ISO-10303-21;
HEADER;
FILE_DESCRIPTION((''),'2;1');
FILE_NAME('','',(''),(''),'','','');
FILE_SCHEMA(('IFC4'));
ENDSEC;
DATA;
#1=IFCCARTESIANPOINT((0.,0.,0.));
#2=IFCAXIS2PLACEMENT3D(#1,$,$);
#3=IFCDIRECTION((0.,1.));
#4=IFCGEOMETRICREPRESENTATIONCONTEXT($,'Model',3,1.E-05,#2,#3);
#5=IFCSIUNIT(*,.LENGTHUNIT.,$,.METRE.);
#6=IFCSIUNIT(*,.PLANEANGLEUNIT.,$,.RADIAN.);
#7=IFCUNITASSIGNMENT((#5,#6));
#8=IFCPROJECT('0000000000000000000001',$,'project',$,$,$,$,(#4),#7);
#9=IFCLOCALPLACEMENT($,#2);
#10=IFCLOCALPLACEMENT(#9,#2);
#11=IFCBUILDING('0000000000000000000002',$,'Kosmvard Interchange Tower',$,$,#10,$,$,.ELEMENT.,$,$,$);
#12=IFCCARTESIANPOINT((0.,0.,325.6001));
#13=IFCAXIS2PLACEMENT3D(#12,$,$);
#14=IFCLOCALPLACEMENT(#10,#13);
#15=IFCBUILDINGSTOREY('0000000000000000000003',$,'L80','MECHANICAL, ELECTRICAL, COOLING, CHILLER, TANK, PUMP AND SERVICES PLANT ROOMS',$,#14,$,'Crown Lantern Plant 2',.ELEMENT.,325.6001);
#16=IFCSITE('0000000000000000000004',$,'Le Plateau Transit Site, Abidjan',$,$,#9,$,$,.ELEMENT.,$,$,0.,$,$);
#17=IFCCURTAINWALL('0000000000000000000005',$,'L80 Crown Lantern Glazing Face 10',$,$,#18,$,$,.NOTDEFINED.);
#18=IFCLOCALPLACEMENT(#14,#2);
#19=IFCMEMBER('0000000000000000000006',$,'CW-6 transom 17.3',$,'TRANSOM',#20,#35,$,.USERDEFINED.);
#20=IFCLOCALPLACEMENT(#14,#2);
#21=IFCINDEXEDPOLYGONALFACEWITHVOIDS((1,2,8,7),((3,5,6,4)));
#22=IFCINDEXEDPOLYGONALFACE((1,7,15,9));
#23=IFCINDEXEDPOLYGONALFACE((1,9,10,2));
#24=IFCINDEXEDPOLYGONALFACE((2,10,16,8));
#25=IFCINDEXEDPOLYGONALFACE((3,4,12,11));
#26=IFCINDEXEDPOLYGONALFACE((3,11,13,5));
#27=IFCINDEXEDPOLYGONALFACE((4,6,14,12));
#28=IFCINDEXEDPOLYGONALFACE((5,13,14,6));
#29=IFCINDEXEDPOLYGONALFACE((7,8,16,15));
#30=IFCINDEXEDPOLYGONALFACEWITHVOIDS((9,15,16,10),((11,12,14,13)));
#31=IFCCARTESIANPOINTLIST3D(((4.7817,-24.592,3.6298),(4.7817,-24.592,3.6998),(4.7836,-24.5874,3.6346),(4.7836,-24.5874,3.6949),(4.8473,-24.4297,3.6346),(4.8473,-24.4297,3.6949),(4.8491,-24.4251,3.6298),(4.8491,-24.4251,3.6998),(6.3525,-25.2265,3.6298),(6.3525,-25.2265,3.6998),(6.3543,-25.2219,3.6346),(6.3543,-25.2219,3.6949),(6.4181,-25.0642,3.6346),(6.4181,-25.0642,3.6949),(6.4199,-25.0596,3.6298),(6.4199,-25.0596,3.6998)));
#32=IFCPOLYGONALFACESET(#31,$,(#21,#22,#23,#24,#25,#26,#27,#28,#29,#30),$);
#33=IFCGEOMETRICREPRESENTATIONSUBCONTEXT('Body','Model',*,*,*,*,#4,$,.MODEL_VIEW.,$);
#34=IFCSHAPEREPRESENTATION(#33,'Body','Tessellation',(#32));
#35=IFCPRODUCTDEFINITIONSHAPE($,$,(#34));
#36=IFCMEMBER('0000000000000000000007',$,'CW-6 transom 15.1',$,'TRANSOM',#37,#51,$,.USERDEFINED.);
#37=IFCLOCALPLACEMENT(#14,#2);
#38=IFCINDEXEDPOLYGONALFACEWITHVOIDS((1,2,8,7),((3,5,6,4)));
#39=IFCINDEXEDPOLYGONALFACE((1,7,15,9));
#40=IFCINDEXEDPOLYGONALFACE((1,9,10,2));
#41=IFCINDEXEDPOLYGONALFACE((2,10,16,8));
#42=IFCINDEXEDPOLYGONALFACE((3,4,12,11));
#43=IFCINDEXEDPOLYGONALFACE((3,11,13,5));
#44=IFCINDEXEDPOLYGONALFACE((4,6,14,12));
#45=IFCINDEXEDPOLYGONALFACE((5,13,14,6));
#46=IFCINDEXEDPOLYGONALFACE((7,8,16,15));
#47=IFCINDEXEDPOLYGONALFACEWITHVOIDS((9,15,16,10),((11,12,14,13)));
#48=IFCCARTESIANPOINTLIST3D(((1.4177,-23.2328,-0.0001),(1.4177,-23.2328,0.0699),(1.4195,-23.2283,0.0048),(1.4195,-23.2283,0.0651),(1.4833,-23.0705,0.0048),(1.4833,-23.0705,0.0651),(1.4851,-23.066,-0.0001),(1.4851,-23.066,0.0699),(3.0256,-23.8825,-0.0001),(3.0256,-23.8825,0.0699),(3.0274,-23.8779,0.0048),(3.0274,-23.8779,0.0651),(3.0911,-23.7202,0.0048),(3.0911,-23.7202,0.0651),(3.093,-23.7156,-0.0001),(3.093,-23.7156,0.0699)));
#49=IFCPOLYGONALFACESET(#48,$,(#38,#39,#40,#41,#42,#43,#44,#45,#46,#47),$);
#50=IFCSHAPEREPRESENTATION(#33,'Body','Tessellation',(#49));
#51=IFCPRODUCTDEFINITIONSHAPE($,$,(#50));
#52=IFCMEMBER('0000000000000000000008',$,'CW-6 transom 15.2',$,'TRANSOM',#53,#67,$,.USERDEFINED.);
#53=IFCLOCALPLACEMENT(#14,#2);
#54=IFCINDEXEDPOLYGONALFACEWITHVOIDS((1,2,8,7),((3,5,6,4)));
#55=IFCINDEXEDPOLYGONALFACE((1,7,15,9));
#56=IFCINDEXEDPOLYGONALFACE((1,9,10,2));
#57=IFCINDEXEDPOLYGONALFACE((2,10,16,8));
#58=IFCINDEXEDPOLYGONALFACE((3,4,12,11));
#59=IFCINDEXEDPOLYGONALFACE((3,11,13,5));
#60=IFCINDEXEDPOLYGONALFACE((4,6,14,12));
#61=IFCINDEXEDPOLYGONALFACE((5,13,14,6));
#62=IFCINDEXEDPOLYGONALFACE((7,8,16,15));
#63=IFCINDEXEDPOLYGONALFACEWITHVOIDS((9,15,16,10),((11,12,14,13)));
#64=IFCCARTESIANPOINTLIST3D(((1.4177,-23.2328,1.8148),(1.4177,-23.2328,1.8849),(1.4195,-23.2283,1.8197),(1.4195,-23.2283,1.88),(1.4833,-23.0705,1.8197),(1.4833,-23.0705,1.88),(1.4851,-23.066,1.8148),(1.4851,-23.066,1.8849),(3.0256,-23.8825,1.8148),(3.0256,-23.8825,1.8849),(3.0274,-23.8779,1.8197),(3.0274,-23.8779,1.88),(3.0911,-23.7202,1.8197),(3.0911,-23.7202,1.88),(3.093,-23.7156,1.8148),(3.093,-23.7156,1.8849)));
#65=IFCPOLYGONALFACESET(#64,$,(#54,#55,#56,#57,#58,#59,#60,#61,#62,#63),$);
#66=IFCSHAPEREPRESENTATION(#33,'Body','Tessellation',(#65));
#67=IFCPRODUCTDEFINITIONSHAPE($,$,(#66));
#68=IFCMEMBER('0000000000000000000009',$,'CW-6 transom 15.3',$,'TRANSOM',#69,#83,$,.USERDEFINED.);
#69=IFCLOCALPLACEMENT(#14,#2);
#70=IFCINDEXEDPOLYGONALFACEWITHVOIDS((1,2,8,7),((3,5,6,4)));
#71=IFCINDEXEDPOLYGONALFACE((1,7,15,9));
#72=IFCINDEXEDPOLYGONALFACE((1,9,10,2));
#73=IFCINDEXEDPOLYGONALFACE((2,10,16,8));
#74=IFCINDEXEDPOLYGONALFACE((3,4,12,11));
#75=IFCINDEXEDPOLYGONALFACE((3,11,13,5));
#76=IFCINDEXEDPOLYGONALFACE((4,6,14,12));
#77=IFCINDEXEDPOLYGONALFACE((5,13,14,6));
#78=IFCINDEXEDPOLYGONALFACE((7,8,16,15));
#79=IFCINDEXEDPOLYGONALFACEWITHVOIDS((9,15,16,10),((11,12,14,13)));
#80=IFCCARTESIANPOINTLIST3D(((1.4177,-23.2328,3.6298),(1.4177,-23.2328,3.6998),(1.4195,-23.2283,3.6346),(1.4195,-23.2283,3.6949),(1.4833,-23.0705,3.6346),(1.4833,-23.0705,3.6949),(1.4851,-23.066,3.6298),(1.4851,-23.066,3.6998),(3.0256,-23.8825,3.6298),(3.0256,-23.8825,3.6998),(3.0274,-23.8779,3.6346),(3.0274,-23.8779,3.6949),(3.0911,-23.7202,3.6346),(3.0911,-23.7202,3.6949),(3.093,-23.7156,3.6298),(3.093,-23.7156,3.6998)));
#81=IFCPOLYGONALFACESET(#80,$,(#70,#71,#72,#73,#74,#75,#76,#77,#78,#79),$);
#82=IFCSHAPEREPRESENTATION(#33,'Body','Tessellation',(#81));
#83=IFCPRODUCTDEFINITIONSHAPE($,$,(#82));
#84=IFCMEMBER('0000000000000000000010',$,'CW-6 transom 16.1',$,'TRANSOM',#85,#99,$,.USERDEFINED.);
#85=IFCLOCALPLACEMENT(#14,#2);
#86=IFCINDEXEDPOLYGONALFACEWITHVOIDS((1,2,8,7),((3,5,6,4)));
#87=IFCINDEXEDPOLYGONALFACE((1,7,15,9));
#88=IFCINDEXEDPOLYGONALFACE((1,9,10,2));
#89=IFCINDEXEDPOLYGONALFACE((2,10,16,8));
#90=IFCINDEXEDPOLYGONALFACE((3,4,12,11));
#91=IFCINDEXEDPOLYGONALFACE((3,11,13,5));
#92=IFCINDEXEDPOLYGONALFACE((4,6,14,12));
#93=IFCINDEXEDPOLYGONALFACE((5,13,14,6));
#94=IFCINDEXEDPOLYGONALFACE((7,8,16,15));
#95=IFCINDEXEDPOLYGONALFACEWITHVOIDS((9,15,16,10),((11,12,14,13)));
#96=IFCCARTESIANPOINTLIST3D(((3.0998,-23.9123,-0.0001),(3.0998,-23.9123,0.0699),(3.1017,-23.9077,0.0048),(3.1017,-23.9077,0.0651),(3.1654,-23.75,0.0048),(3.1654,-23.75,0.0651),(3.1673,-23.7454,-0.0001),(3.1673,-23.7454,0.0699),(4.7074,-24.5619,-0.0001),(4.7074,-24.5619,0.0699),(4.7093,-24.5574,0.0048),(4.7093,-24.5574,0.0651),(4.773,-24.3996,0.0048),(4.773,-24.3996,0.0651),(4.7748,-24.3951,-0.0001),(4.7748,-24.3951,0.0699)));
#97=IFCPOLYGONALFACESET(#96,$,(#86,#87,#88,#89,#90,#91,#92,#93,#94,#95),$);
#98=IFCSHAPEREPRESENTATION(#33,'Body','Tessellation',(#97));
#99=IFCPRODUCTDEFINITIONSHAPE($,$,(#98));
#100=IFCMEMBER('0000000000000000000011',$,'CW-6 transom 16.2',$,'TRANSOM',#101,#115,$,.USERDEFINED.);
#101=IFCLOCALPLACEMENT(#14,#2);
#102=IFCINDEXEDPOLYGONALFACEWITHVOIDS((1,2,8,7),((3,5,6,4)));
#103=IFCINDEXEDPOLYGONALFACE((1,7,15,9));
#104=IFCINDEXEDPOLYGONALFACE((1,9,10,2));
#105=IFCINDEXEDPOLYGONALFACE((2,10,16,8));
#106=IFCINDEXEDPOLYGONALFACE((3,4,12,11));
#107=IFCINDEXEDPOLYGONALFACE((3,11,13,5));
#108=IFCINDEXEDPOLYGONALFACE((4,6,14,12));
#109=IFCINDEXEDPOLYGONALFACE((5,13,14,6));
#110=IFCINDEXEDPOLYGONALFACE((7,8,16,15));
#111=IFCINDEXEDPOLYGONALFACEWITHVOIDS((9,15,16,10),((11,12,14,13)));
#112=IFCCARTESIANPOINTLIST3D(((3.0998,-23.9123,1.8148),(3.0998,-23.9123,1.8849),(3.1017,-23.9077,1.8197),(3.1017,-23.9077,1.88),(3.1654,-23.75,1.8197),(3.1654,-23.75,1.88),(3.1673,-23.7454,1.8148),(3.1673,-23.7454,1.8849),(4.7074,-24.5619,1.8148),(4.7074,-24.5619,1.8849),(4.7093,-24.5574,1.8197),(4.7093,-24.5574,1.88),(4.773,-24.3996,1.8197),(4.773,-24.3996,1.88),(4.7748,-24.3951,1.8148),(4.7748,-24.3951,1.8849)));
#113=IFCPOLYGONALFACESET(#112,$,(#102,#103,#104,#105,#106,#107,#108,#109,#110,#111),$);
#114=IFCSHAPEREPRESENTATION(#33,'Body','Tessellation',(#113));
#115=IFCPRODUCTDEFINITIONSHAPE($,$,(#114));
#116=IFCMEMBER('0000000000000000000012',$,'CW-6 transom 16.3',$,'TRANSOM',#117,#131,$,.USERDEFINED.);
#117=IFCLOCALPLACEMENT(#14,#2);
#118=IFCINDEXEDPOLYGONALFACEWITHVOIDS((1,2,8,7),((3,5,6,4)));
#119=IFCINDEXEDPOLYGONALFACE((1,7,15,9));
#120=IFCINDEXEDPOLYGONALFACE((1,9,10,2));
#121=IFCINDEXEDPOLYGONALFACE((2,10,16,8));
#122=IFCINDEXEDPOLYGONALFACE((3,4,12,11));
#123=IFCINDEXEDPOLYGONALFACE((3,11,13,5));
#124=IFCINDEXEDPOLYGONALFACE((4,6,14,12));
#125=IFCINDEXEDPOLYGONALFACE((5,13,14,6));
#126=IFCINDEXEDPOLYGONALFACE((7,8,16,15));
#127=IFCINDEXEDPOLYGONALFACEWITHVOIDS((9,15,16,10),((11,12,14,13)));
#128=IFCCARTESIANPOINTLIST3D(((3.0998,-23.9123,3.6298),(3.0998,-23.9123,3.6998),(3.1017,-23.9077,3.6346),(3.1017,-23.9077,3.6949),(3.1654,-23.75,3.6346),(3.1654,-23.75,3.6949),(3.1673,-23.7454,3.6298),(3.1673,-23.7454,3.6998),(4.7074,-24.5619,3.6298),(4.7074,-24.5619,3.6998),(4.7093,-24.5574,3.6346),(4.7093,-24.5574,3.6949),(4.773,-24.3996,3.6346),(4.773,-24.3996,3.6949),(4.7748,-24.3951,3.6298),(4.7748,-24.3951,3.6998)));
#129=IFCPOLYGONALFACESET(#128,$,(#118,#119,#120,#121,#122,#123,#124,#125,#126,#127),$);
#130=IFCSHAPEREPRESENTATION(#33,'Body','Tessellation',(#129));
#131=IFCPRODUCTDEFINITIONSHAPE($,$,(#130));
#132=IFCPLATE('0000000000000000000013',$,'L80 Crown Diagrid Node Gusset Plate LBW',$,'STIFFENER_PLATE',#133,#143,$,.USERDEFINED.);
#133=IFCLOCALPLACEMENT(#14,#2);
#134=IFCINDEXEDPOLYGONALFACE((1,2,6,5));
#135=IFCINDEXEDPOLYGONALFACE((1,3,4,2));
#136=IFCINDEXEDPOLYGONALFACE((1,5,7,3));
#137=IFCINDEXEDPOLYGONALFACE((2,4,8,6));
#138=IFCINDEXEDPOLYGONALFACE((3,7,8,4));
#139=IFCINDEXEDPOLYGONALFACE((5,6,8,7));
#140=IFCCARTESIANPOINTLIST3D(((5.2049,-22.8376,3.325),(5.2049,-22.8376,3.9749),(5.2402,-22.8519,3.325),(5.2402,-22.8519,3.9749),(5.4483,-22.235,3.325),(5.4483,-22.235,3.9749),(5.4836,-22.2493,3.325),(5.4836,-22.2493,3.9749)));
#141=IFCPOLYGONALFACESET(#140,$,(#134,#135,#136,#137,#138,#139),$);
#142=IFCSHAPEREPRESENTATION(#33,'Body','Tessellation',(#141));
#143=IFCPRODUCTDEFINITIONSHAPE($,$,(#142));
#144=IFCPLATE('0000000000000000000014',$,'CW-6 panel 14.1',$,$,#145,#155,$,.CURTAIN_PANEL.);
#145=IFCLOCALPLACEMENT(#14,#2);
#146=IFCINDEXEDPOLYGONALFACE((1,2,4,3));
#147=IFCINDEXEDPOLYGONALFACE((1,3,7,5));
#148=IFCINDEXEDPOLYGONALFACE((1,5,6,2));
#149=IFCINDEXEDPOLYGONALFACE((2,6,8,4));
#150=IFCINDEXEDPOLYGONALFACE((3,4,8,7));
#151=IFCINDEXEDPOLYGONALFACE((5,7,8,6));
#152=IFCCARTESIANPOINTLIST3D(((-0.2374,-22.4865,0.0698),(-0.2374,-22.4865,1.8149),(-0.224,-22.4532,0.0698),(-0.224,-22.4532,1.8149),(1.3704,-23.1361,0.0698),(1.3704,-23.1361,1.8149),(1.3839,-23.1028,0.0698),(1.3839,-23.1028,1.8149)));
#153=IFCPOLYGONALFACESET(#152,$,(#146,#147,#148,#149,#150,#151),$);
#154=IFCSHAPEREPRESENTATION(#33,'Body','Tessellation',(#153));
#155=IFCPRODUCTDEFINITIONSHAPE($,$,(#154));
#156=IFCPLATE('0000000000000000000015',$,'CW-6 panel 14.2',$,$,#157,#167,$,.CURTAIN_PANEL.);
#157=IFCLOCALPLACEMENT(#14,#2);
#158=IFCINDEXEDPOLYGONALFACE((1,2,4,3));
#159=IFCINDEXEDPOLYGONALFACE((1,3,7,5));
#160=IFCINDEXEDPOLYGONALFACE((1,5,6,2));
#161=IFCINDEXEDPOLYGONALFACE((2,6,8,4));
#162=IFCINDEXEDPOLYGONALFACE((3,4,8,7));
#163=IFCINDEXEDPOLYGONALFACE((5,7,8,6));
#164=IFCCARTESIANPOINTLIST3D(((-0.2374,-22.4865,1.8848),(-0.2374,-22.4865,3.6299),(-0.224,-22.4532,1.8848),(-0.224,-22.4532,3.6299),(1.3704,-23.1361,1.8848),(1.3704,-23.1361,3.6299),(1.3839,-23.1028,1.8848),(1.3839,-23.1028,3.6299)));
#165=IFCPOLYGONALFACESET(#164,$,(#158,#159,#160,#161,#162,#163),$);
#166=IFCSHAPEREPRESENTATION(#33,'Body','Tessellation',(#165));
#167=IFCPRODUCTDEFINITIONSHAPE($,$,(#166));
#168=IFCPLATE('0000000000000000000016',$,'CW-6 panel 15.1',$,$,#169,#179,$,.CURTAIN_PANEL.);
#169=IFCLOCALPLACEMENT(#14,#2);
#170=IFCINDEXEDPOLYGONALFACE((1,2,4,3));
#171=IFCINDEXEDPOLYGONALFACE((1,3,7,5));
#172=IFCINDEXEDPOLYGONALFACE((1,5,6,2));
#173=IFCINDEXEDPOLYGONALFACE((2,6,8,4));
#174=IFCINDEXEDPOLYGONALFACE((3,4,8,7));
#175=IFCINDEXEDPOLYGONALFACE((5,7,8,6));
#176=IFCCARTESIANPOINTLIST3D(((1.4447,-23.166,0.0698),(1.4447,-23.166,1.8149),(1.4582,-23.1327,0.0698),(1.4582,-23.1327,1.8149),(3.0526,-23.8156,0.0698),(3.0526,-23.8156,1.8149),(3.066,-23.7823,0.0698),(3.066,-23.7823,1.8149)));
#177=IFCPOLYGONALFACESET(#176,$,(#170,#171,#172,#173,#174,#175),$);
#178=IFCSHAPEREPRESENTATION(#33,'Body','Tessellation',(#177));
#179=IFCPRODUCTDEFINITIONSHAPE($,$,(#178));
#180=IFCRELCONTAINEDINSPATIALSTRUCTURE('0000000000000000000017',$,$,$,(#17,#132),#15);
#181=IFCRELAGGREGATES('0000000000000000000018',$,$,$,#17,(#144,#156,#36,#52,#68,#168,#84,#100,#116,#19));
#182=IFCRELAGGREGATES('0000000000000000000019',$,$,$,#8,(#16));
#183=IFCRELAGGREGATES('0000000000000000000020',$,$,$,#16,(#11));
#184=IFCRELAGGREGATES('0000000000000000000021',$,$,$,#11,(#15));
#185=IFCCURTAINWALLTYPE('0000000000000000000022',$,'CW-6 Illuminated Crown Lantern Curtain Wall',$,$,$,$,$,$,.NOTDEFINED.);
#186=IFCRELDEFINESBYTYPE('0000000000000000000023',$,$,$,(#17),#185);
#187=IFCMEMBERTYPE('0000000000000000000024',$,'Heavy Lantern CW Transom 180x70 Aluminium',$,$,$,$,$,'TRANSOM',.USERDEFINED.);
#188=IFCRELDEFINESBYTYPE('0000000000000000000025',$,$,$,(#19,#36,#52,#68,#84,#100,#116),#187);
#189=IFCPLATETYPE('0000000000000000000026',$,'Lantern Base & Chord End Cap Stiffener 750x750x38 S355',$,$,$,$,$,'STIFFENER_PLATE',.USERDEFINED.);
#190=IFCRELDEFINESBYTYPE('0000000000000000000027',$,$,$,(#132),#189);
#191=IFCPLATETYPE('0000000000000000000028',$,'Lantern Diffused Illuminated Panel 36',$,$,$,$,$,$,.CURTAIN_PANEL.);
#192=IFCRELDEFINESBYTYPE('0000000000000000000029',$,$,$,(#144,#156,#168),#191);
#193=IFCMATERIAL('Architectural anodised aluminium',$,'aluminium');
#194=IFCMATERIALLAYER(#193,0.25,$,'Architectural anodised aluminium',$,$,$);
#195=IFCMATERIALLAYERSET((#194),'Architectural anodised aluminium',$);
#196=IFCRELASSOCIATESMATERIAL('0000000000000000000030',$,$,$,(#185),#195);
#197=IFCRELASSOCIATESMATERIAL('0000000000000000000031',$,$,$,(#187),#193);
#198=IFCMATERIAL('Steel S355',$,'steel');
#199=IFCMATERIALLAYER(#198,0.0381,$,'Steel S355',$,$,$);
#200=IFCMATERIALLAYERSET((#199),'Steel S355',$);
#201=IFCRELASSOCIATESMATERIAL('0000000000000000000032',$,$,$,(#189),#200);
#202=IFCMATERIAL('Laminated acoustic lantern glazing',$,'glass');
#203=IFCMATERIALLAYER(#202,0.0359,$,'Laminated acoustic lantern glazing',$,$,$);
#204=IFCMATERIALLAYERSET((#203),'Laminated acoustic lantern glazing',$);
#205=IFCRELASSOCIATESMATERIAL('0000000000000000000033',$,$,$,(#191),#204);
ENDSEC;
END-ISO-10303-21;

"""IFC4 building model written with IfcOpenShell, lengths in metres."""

from ifc_helpers import new_model, si_unit, direction, frame, origin, origin_2d, place, context, subcontext, project, spatial, rectangle, hollow_rectangle, extrude, source, transform, mapped, material, layer, layer_set, material_profile, profile_set, type_object, element, aggregate, save


model = new_model("IFC4")

# Units and contexts
model_context = context("Model", 3, precision=1e-05, world=origin(), true_north=direction((0.0, 1.0)))
body_context = subcontext(model_context, "Body", "Model", "MODEL_VIEW")
ifc_project = project(units=[si_unit("LENGTHUNIT", "METRE"), si_unit("PLANEANGLEUNIT", "RADIAN")], contexts=[model_context])

# Site, building, storey
site_placement = place(None, origin())
site = spatial("IfcSite", under=ifc_project, at=site_placement, Name="Le Plateau Transit Site, Abidjan", CompositionType="ELEMENT", RefElevation=0.0)
building_placement = place(site_placement, origin())
building = spatial("IfcBuilding", under=site, at=building_placement, Name="Kosmvard Interchange Tower", CompositionType="ELEMENT")
storey_placement = place(building_placement, frame((0.0, 0.0, 325.6001)))
storey = spatial("IfcBuildingStorey", under=building, at=storey_placement, Name="L80", Description="MECHANICAL, ELECTRICAL, COOLING, CHILLER, TANK, PUMP AND SERVICES PLANT ROOMS", LongName="Crown Lantern Plant 2", CompositionType="ELEMENT", Elevation=325.6001)

# Shared definitions
ifc_material_1 = material(Name="Steel S355", Category="steel")

# Curtain wall, members
ifc_material_2 = material(Name="Architectural anodised aluminium", Category="aluminium")
ifc_layer_1 = layer(ifc_material_2, 0.25, Name="Architectural anodised aluminium")
ifc_layer_set_1 = layer_set([ifc_layer_1], Name="Architectural anodised aluminium")
curtain_wall_type = type_object("IfcCurtainWallType", Name="CW-6 Illuminated Crown Lantern Curtain Wall", PredefinedType="NOTDEFINED", material=ifc_layer_set_1)
curtain_wall_placement = place(storey_placement, origin())
curtain_wall = element("IfcCurtainWall", 1, at=curtain_wall_placement, inside=storey, type_object=curtain_wall_type, Name="L80 Crown Lantern Glazing Face 10", PredefinedType="NOTDEFINED")
ifc_material_profile_1 = material_profile(ifc_material_2, hollow_rectangle(XDim=0.1799, YDim=0.0701, WallThickness=0.0049, at=origin_2d()), Name="CWT 180x70x5")
ifc_profile_set_1 = profile_set([ifc_material_profile_1], Name="Architectural anodised aluminium")
member_type_1 = type_object("IfcMemberType", Name="Heavy Lantern CW Transom 180x70 Aluminium", ElementType="TRANSOM", PredefinedType="USERDEFINED", material=ifc_profile_set_1)
shared_shape_1 = source(origin(), body_context, "Body", "SweptSolid", [
    extrude(hollow_rectangle(XDim=0.1799, YDim=0.0701, WallThickness=0.0049, at=origin_2d()), origin(), (0.0, 0.0, 1.0), 1.6941),
])
member_1_placement = place(storey_placement, frame((4.8154, -24.5085, 3.6648), z_axis=(0.927209, -0.374544, 0.0), x_axis=(0.374544, 0.927209, 0.0)))
member_1 = element("IfcMember", 2, at=member_1_placement, type_object=member_type_1, Name="CW-6 transom 17.3", ObjectType="TRANSOM", PredefinedType="USERDEFINED", context=body_context, shape_type="MappedRepresentation", body=[
    mapped(shared_shape_1, transform((0.0, 0.0, 0.0), scale=1.0)),
])
shared_shape_2 = source(origin(), body_context, "Body", "SweptSolid", [
    extrude(hollow_rectangle(XDim=0.1799, YDim=0.0701, WallThickness=0.0049, at=origin_2d()), origin(), (0.0, 0.0, 1.0), 1.7341),
])
member_2_placement = place(storey_placement, frame((1.4514, -23.1494, 0.0349), z_axis=(0.92718, -0.374617, 0.0), x_axis=(0.374617, 0.92718, 0.0)))
member_2 = element("IfcMember", 3, at=member_2_placement, type_object=member_type_1, Name="CW-6 transom 15.1", ObjectType="TRANSOM", PredefinedType="USERDEFINED", context=body_context, shape_type="MappedRepresentation", body=[
    mapped(shared_shape_2, transform((0.0, 0.0, 0.0), scale=1.0)),
])
member_3_placement = place(storey_placement, frame((1.4514, -23.1494, 1.8499), z_axis=(0.92718, -0.374617, 0.0), x_axis=(0.374617, 0.92718, 0.0)))
member_3 = element("IfcMember", 4, at=member_3_placement, type_object=member_type_1, Name="CW-6 transom 15.2", ObjectType="TRANSOM", PredefinedType="USERDEFINED", context=body_context, shape_type="MappedRepresentation", body=[
    mapped(shared_shape_2, transform((0.0, 0.0, 0.0), scale=1.0)),
])
member_4_placement = place(storey_placement, frame((1.4514, -23.1494, 3.6648), z_axis=(0.92718, -0.374617, 0.0), x_axis=(0.374617, 0.92718, 0.0)))
member_4 = element("IfcMember", 5, at=member_4_placement, type_object=member_type_1, Name="CW-6 transom 15.3", ObjectType="TRANSOM", PredefinedType="USERDEFINED", context=body_context, shape_type="MappedRepresentation", body=[
    mapped(shared_shape_2, transform((0.0, 0.0, 0.0), scale=1.0)),
])
shared_shape_3 = source(origin(), body_context, "Body", "SweptSolid", [
    extrude(hollow_rectangle(XDim=0.1799, YDim=0.0701, WallThickness=0.0049, at=origin_2d()), origin(), (0.0, 0.0, 1.0), 1.7339),
])
member_5_placement = place(storey_placement, frame((3.1335, -23.8289, 0.0349), z_axis=(0.92716, -0.374666, 0.0), x_axis=(0.374666, 0.92716, 0.0)))
member_5 = element("IfcMember", 6, at=member_5_placement, type_object=member_type_1, Name="CW-6 transom 16.1", ObjectType="TRANSOM", PredefinedType="USERDEFINED", context=body_context, shape_type="MappedRepresentation", body=[
    mapped(shared_shape_3, transform((0.0, 0.0, 0.0), scale=1.0)),
])
member_6_placement = place(storey_placement, frame((3.1335, -23.8289, 1.8499), z_axis=(0.92716, -0.374666, 0.0), x_axis=(0.374666, 0.92716, 0.0)))
member_6 = element("IfcMember", 7, at=member_6_placement, type_object=member_type_1, Name="CW-6 transom 16.2", ObjectType="TRANSOM", PredefinedType="USERDEFINED", context=body_context, shape_type="MappedRepresentation", body=[
    mapped(shared_shape_3, transform((0.0, 0.0, 0.0), scale=1.0)),
])
member_7_placement = place(storey_placement, frame((3.1335, -23.8289, 3.6648), z_axis=(0.92716, -0.374666, 0.0), x_axis=(0.374666, 0.92716, 0.0)))
member_7 = element("IfcMember", 8, at=member_7_placement, type_object=member_type_1, Name="CW-6 transom 16.3", ObjectType="TRANSOM", PredefinedType="USERDEFINED", context=body_context, shape_type="MappedRepresentation", body=[
    mapped(shared_shape_3, transform((0.0, 0.0, 0.0), scale=1.0)),
])

# Plates
ifc_layer_2 = layer(ifc_material_1, 0.0381, Name="Steel S355")
ifc_layer_set_2 = layer_set([ifc_layer_2], Name="Steel S355")
plate_type_1 = type_object("IfcPlateType", Name="Lantern Base & Chord End Cap Stiffener 750x750x38 S355", ElementType="STIFFENER_PLATE", PredefinedType="USERDEFINED", material=ifc_layer_set_2)
shared_shape_4 = source(origin(), body_context, "Body", "SweptSolid", [
    extrude(rectangle(XDim=0.6499, YDim=0.0381, at=origin_2d()), origin(), (0.0, 0.0, 1.0), 0.6499),
])
plate_1_placement = place(storey_placement, frame((5.3442, -22.5435, 3.325), z_axis=(0.0, 0.0, 1.0), x_axis=(0.374607, 0.927184, 0.0)))
element("IfcPlate", 9, at=plate_1_placement, inside=storey, type_object=plate_type_1, Name="L80 Crown Diagrid Node Gusset Plate LBW", ObjectType="STIFFENER_PLATE", PredefinedType="USERDEFINED", context=body_context, shape_type="MappedRepresentation", body=[
    mapped(shared_shape_4, transform((0.0, 0.0, 0.0), scale=1.0)),
])
ifc_material_3 = material(Name="Laminated acoustic lantern glazing", Category="glass")
ifc_layer_3 = layer(ifc_material_3, 0.0359, Name="Laminated acoustic lantern glazing")
ifc_layer_set_3 = layer_set([ifc_layer_3], Name="Laminated acoustic lantern glazing")
plate_type_2 = type_object("IfcPlateType", Name="Lantern Diffused Illuminated Panel 36", PredefinedType="CURTAIN_PANEL", material=ifc_layer_set_3)
shared_shape_5 = source(origin(), body_context, "Body", "SweptSolid", [
    extrude(rectangle(XDim=1.7341, YDim=0.0359, at=origin_2d()), origin(), (0.0, 0.0, 1.0), 1.7451),
])
plate_2_placement = place(storey_placement, frame((0.5732, -22.7947, 0.0698), z_axis=(0.0, 0.0, 1.0), x_axis=(0.927184, -0.374607, 0.0)))
plate_2 = element("IfcPlate", 10, at=plate_2_placement, type_object=plate_type_2, Name="CW-6 panel 14.1", PredefinedType="CURTAIN_PANEL", context=body_context, shape_type="MappedRepresentation", body=[
    mapped(shared_shape_5, transform((0.0, 0.0, 0.0), scale=1.0)),
])
plate_3_placement = place(storey_placement, frame((0.5732, -22.7947, 1.8848), z_axis=(0.0, 0.0, 1.0), x_axis=(0.927184, -0.374607, 0.0)))
plate_3 = element("IfcPlate", 11, at=plate_3_placement, type_object=plate_type_2, Name="CW-6 panel 14.2", PredefinedType="CURTAIN_PANEL", context=body_context, shape_type="MappedRepresentation", body=[
    mapped(shared_shape_5, transform((0.0, 0.0, 0.0), scale=1.0)),
])
plate_4_placement = place(storey_placement, frame((2.2554, -23.4741, 0.0698), z_axis=(0.0, 0.0, 1.0), x_axis=(0.927184, -0.374607, 0.0)))
plate_4 = element("IfcPlate", 12, at=plate_4_placement, type_object=plate_type_2, Name="CW-6 panel 15.1", PredefinedType="CURTAIN_PANEL", context=body_context, shape_type="MappedRepresentation", body=[
    mapped(shared_shape_5, transform((0.0, 0.0, 0.0), scale=1.0)),
])
aggregate(curtain_wall, [plate_2, plate_3, member_2, member_3, member_4, plate_4, member_5, member_6, member_7, member_1])

save(model, "model.ifc")
